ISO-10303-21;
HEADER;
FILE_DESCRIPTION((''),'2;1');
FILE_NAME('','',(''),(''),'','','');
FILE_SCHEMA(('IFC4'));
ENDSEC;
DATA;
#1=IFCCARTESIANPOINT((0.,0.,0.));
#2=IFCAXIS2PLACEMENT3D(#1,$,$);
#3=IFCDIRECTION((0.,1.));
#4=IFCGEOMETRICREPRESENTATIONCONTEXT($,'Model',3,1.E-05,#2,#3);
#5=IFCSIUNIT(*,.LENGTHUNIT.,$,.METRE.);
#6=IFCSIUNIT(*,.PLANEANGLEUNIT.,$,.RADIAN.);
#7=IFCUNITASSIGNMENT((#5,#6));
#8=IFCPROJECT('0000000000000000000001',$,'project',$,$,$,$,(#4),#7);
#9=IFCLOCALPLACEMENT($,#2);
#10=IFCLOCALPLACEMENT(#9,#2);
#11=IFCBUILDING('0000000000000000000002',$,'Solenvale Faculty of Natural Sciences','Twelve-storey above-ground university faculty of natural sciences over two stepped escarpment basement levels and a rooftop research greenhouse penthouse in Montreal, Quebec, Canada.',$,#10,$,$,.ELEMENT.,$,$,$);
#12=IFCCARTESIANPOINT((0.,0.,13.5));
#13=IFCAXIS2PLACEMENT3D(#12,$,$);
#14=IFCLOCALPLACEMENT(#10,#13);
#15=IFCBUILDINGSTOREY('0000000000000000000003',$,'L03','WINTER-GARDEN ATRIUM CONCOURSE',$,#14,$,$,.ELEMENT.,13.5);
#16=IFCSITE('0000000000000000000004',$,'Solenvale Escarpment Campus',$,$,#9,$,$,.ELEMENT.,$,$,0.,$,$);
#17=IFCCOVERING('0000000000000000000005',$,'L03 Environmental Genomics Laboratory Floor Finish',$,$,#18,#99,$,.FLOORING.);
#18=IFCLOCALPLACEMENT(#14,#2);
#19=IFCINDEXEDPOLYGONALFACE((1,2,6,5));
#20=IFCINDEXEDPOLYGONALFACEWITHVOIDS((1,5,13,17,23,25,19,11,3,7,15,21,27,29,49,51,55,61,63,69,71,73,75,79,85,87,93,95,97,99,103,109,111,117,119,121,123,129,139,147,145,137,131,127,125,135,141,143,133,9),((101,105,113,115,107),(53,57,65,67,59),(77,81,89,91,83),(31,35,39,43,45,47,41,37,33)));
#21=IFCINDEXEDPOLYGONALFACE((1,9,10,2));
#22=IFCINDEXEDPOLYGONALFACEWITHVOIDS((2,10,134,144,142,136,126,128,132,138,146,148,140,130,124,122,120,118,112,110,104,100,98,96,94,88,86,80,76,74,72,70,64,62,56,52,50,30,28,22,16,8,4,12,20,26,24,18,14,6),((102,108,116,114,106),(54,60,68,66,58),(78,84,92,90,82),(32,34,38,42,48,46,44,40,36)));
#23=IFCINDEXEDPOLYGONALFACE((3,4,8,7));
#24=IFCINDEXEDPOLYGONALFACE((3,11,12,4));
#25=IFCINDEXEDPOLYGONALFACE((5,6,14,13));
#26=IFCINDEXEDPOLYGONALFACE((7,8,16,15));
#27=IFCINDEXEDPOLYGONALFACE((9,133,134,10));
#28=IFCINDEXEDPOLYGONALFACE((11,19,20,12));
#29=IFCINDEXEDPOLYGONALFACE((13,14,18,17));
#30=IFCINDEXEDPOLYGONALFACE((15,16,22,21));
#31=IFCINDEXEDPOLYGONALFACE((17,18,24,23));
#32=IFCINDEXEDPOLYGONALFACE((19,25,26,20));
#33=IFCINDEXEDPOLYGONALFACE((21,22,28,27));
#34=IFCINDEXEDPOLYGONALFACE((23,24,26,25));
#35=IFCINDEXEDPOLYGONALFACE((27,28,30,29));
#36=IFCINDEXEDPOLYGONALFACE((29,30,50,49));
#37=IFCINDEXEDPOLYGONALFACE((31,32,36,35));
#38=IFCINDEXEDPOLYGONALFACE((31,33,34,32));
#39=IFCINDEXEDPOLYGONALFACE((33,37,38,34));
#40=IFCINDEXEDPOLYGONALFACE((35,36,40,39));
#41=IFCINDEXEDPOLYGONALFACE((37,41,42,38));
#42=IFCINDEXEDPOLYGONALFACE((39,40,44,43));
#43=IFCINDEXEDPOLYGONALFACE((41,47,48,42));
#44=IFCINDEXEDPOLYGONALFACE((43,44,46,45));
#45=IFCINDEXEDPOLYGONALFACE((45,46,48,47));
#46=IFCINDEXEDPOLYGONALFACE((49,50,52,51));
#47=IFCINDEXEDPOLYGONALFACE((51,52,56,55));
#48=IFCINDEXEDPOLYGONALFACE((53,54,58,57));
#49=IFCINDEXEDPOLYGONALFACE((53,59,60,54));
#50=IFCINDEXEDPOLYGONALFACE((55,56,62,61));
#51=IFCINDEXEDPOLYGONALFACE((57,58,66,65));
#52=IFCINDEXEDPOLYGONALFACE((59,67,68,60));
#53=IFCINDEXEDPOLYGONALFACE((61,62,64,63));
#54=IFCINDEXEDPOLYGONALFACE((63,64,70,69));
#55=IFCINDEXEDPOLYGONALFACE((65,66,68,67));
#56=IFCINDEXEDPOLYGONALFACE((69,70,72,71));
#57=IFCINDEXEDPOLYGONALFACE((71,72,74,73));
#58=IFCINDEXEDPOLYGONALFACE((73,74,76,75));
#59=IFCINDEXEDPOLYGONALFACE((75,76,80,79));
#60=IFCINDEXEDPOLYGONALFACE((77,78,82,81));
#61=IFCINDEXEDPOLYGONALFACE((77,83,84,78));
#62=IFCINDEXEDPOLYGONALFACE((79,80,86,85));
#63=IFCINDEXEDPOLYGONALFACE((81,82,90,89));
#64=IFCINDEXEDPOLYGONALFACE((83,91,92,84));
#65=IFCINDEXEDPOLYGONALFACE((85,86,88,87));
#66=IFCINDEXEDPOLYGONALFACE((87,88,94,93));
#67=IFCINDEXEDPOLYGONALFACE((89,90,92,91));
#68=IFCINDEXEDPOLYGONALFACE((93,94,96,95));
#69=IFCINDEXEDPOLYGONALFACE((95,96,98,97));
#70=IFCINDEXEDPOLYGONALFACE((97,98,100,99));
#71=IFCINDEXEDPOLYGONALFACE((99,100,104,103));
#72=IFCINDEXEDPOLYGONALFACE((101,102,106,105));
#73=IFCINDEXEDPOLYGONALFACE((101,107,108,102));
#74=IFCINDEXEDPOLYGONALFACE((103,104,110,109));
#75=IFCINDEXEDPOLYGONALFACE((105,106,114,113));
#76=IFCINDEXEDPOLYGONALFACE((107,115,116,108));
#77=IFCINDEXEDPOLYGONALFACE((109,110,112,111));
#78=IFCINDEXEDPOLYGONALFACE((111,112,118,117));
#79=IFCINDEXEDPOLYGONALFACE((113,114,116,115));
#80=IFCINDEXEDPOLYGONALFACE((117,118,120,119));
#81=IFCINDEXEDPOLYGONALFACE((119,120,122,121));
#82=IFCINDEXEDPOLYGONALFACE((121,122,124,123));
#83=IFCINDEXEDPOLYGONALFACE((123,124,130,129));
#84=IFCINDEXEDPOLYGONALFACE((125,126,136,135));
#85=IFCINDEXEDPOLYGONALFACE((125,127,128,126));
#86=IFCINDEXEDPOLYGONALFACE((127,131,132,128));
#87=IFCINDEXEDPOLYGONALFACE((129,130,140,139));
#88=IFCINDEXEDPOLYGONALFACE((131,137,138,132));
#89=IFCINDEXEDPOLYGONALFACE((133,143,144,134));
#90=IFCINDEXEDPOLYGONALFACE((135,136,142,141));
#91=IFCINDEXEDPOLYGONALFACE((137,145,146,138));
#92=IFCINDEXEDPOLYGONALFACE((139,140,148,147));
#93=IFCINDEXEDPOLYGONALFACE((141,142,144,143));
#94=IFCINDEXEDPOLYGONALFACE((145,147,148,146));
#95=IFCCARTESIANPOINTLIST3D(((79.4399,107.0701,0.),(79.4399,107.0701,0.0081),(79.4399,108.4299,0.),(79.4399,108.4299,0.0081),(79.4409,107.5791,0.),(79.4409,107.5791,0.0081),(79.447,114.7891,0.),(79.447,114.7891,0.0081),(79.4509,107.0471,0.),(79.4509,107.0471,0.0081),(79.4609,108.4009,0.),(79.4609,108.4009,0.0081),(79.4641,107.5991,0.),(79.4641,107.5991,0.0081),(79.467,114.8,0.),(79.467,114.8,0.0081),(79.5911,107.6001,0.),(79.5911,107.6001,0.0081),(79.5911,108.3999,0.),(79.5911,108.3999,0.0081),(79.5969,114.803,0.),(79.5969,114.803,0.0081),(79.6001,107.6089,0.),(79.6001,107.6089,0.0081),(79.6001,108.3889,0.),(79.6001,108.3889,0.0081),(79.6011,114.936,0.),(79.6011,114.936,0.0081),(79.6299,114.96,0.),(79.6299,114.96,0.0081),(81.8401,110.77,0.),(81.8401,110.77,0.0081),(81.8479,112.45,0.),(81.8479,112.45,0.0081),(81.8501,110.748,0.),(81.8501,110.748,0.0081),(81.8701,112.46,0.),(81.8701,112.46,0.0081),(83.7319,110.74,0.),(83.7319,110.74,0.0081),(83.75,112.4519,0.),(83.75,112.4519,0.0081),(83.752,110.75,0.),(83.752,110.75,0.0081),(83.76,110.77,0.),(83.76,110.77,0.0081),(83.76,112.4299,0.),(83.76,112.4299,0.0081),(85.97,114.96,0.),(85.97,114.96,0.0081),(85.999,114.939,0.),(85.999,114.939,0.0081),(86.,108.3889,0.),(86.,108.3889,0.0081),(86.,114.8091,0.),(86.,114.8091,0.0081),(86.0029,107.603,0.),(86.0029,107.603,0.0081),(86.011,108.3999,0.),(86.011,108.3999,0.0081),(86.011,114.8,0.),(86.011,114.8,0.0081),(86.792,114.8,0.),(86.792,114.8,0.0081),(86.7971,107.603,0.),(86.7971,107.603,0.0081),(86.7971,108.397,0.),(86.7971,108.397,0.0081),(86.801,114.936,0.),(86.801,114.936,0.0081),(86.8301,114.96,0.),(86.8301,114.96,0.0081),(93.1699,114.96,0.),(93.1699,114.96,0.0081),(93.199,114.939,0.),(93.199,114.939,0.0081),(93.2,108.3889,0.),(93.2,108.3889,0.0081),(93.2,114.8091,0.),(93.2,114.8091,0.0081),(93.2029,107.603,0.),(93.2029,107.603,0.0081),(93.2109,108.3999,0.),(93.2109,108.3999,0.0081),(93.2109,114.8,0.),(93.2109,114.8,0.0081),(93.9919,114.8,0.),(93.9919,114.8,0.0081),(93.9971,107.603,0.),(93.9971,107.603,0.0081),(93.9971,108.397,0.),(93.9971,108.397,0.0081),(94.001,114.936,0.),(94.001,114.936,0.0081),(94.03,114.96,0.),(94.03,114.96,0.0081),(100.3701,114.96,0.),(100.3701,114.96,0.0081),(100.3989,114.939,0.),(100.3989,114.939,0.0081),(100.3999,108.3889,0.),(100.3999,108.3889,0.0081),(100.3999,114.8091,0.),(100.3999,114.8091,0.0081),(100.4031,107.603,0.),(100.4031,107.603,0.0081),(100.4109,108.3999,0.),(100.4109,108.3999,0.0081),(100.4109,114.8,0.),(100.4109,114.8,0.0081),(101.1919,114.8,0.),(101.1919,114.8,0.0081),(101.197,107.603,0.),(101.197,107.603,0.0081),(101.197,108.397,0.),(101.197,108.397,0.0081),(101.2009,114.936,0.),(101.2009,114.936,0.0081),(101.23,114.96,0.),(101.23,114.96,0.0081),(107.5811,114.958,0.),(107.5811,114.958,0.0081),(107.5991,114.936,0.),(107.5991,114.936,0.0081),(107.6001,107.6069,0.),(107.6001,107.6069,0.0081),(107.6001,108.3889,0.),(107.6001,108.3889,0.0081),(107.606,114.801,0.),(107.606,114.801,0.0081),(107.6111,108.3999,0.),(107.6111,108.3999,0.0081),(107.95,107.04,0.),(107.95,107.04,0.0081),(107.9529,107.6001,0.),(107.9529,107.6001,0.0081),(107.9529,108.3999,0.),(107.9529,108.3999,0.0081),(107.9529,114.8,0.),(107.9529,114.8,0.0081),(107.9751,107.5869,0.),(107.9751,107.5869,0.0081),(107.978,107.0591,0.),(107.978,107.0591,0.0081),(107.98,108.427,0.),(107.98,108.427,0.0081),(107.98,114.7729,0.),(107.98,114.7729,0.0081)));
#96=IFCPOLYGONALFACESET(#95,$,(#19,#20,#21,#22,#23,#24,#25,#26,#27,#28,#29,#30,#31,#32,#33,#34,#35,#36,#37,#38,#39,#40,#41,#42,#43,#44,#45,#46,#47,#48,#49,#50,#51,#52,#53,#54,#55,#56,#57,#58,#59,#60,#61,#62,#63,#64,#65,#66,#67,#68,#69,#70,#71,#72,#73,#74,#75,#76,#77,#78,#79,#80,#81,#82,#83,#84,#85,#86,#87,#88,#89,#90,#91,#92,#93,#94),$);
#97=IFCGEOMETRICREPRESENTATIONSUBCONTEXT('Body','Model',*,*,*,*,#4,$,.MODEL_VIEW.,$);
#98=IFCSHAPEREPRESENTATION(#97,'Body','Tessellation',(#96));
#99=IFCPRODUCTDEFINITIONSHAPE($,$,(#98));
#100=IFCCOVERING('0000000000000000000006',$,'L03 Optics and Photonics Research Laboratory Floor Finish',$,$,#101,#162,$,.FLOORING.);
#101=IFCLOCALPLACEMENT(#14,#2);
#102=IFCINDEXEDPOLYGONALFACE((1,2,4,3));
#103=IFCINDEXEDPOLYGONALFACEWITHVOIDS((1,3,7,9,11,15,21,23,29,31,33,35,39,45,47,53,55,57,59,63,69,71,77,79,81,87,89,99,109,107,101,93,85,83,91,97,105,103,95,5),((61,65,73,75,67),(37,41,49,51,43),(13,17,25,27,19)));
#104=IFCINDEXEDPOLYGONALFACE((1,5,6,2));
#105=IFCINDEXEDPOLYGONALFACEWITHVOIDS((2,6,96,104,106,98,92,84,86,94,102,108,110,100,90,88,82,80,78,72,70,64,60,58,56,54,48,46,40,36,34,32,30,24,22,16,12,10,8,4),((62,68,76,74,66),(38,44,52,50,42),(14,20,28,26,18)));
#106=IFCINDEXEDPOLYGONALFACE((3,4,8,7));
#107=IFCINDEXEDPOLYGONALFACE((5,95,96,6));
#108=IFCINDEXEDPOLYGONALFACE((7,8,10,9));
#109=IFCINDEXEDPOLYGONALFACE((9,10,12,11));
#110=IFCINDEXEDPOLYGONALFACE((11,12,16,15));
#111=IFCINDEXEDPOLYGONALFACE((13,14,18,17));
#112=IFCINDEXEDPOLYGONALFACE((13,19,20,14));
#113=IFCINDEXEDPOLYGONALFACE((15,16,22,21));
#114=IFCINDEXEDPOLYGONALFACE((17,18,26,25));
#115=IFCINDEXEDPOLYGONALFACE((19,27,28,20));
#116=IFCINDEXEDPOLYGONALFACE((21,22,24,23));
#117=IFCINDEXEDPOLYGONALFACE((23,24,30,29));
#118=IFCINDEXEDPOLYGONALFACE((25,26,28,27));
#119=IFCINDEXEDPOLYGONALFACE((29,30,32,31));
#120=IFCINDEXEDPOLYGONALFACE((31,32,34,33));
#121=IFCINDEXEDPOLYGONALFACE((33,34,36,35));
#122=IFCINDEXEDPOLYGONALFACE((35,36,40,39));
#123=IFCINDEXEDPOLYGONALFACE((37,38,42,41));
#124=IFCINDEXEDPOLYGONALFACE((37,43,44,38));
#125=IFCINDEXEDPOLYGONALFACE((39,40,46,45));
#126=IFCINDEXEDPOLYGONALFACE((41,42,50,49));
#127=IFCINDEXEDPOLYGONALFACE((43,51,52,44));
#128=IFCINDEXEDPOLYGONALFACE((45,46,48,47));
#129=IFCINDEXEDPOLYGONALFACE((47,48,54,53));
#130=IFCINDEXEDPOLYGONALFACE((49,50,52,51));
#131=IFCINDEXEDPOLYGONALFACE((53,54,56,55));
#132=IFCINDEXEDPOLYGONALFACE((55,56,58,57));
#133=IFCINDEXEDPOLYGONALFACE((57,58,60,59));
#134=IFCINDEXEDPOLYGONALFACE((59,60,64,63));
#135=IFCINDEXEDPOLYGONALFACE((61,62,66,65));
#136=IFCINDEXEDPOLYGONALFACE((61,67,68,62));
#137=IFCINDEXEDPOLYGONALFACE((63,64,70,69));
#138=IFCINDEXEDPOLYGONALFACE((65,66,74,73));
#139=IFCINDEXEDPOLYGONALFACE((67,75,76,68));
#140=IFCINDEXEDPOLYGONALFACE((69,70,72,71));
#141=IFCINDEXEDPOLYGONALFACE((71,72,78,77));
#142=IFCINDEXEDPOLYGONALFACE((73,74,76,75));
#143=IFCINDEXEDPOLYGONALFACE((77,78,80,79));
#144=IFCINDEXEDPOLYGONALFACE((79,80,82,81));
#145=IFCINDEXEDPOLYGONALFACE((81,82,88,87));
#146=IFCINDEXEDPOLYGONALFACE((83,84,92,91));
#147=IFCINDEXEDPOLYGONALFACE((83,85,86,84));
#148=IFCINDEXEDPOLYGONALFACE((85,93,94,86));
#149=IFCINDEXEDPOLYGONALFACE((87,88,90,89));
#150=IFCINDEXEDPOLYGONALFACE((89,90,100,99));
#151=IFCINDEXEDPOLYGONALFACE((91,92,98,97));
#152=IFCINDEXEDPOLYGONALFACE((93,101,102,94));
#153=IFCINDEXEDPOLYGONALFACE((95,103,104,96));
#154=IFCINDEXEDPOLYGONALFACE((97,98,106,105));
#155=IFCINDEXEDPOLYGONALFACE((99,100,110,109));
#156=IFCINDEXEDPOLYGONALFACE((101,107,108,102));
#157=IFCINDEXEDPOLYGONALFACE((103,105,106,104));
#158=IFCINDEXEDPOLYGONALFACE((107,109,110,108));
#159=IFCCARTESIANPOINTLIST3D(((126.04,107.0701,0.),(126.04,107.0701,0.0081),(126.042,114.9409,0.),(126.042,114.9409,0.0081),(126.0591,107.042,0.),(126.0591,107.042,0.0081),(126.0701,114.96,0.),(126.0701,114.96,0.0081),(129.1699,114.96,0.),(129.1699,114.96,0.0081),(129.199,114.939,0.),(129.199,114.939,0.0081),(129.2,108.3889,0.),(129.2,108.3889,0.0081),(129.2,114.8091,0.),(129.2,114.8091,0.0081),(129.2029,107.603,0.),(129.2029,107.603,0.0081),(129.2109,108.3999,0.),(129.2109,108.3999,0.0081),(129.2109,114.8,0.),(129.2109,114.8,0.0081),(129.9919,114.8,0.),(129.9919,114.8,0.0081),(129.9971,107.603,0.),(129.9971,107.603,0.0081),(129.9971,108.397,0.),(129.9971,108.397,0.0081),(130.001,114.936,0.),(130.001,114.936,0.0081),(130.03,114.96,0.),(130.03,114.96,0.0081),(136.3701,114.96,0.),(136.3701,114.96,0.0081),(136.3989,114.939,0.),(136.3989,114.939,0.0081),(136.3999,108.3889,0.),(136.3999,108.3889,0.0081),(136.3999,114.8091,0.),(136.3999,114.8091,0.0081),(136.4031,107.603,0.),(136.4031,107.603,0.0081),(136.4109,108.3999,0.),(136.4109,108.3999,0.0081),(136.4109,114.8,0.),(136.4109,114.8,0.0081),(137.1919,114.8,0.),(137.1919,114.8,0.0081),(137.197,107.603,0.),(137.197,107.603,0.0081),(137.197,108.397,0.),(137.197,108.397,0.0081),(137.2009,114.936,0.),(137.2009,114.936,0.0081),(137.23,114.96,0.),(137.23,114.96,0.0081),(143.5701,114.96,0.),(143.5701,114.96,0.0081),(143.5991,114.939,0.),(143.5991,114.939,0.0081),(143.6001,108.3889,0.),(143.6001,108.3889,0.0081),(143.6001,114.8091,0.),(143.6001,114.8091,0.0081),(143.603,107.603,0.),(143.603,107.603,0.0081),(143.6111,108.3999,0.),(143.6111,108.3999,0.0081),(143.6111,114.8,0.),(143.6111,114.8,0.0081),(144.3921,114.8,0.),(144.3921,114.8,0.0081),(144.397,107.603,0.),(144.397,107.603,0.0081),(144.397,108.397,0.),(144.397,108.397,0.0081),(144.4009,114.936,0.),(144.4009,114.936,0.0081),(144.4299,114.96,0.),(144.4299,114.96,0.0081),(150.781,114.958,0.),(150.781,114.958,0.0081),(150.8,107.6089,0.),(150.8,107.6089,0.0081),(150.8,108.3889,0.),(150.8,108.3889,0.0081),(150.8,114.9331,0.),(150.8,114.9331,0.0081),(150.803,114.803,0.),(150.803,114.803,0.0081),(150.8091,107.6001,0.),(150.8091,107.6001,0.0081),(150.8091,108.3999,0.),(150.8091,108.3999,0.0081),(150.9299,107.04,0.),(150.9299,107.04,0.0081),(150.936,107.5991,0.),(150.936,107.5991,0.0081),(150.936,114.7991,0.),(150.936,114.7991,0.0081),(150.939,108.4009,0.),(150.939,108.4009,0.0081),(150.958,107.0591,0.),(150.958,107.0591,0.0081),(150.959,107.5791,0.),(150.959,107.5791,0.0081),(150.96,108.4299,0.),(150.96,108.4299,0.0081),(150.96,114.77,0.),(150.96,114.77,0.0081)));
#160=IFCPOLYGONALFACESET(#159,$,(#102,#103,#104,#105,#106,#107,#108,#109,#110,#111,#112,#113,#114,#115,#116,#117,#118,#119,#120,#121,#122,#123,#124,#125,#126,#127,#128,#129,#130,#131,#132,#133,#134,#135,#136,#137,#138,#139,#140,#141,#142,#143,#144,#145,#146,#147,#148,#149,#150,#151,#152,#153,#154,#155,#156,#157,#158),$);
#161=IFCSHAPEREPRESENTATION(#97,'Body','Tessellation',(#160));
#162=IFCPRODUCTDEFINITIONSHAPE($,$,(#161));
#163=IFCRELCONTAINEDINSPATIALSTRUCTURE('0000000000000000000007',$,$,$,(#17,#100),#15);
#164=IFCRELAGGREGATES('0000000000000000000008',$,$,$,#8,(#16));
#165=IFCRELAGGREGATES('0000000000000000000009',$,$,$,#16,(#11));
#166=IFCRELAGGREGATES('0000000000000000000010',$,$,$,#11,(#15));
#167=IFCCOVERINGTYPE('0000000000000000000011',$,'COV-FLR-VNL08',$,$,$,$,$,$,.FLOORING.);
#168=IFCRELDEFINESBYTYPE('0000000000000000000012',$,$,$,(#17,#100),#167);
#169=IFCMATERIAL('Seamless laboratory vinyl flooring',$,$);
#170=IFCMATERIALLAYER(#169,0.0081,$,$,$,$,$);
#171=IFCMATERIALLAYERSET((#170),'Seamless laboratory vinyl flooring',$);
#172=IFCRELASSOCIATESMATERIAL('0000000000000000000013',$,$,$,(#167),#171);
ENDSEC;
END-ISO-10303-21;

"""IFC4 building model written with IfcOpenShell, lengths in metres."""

from ifc_helpers import new_model, si_unit, direction, frame, origin, place, context, subcontext, project, spatial, polyline, outline, extrude, material, layer, layer_set, type_object, element, save


model = new_model("IFC4")

# Units and contexts
model_context = context("Model", 3, precision=1e-05, world=origin(), true_north=direction((0.0, 1.0)))
body_context = subcontext(model_context, "Body", "Model", "MODEL_VIEW")
ifc_project = project(units=[si_unit("LENGTHUNIT", "METRE"), si_unit("PLANEANGLEUNIT", "RADIAN")], contexts=[model_context])

# Site, building, storey
site_placement = place(None, origin())
site = spatial("IfcSite", under=ifc_project, at=site_placement, Name="Solenvale Escarpment Campus", CompositionType="ELEMENT", RefElevation=0.0)
building_placement = place(site_placement, origin())
building = spatial("IfcBuilding", under=site, at=building_placement, Name="Solenvale Faculty of Natural Sciences", Description="Twelve-storey above-ground university faculty of natural sciences over two stepped escarpment basement levels and a rooftop research greenhouse penthouse in Montreal, Quebec, Canada.", CompositionType="ELEMENT")
storey_placement = place(building_placement, frame((0.0, 0.0, 13.5)))
storey = spatial("IfcBuildingStorey", under=building, at=storey_placement, Name="L03", Description="WINTER-GARDEN ATRIUM CONCOURSE", CompositionType="ELEMENT", Elevation=13.5)

# Coverings
ifc_material_1 = material(Name="Seamless laboratory vinyl flooring")
ifc_layer_1 = layer(ifc_material_1, 0.0081)
ifc_layer_set_1 = layer_set([ifc_layer_1], Name="Seamless laboratory vinyl flooring")
covering_type_1 = type_object("IfcCoveringType", Name="COV-FLR-VNL08", PredefinedType="FLOORING", material=ifc_layer_set_1)
covering_1_placement = place(storey_placement, origin())
element("IfcCovering", 1, at=covering_1_placement, inside=storey, type_object=covering_type_1, Name="L03 Environmental Genomics Laboratory Floor Finish", PredefinedType="FLOORING", context=body_context, shape_type="SweptSolid", body=[
    extrude(outline(polyline([(85.97, 114.96), (85.999, 114.939), (86.0, 114.8091), (86.011, 114.8), (86.792, 114.8), (86.801, 114.936), (86.8301, 114.96), (93.1699, 114.96), (93.199, 114.939), (93.2, 114.8091), (93.2109, 114.8), (93.9919, 114.8), (94.001, 114.936), (94.03, 114.96), (100.3701, 114.96), (100.3989, 114.939), (100.3999, 114.8091), (100.4109, 114.8), (101.1919, 114.8), (101.2009, 114.936), (101.23, 114.96), (107.5811, 114.958), (107.5991, 114.936), (107.606, 114.801), (107.9529, 114.8), (107.98, 114.7729), (107.98, 108.427), (107.9529, 108.3999), (107.6111, 108.3999), (107.6001, 108.3889), (107.6001, 107.6069), (107.9529, 107.6001), (107.9751, 107.5869), (107.978, 107.0591), (107.95, 107.04), (79.4509, 107.0471), (79.4399, 107.0701), (79.4409, 107.5791), (79.4641, 107.5991), (79.5911, 107.6001), (79.6001, 107.6089), (79.6001, 108.3889), (79.5911, 108.3999), (79.4609, 108.4009), (79.4399, 108.4299), (79.447, 114.7891), (79.467, 114.8), (79.5969, 114.803), (79.6011, 114.936), (79.6299, 114.96), (85.97, 114.96)]), holes=[polyline([(100.4109, 108.3999), (100.3999, 108.3889), (100.4031, 107.603), (101.197, 107.603), (101.197, 108.397), (100.4109, 108.3999)]), polyline([(93.2109, 108.3999), (93.2, 108.3889), (93.2029, 107.603), (93.9971, 107.603), (93.9971, 108.397), (93.2109, 108.3999)]), polyline([(86.011, 108.3999), (86.0, 108.3889), (86.0029, 107.603), (86.7971, 107.603), (86.7971, 108.397), (86.011, 108.3999)]), polyline([(83.7319, 110.74), (83.752, 110.75), (83.76, 110.77), (83.76, 112.4299), (83.75, 112.4519), (81.8701, 112.46), (81.8479, 112.45), (81.8401, 110.77), (81.8501, 110.748), (83.7319, 110.74)])]), origin(), (0.0, 0.0, 1.0), 0.0081),
])
covering_2_placement = place(storey_placement, origin())
element("IfcCovering", 2, at=covering_2_placement, inside=storey, type_object=covering_type_1, Name="L03 Optics and Photonics Research Laboratory Floor Finish", PredefinedType="FLOORING", context=body_context, shape_type="SweptSolid", body=[
    extrude(outline(polyline([(129.1699, 114.96), (129.199, 114.939), (129.2, 114.8091), (129.2109, 114.8), (129.9919, 114.8), (130.001, 114.936), (130.03, 114.96), (136.3701, 114.96), (136.3989, 114.939), (136.3999, 114.8091), (136.4109, 114.8), (137.1919, 114.8), (137.2009, 114.936), (137.23, 114.96), (143.5701, 114.96), (143.5991, 114.939), (143.6001, 114.8091), (143.6111, 114.8), (144.3921, 114.8), (144.4009, 114.936), (144.4299, 114.96), (150.781, 114.958), (150.8, 114.9331), (150.803, 114.803), (150.936, 114.7991), (150.96, 114.77), (150.96, 108.4299), (150.939, 108.4009), (150.8091, 108.3999), (150.8, 108.3889), (150.8, 107.6089), (150.8091, 107.6001), (150.936, 107.5991), (150.959, 107.5791), (150.958, 107.0591), (150.9299, 107.04), (126.0591, 107.042), (126.04, 107.0701), (126.042, 114.9409), (126.0701, 114.96), (129.1699, 114.96)]), holes=[polyline([(143.6111, 108.3999), (143.6001, 108.3889), (143.603, 107.603), (144.397, 107.603), (144.397, 108.397), (143.6111, 108.3999)]), polyline([(136.4109, 108.3999), (136.3999, 108.3889), (136.4031, 107.603), (137.197, 107.603), (137.197, 108.397), (136.4109, 108.3999)]), polyline([(129.2109, 108.3999), (129.2, 108.3889), (129.2029, 107.603), (129.9971, 107.603), (129.9971, 108.397), (129.2109, 108.3999)])]), origin(), (0.0, 0.0, 1.0), 0.0081),
])

save(model, "model.ifc")
